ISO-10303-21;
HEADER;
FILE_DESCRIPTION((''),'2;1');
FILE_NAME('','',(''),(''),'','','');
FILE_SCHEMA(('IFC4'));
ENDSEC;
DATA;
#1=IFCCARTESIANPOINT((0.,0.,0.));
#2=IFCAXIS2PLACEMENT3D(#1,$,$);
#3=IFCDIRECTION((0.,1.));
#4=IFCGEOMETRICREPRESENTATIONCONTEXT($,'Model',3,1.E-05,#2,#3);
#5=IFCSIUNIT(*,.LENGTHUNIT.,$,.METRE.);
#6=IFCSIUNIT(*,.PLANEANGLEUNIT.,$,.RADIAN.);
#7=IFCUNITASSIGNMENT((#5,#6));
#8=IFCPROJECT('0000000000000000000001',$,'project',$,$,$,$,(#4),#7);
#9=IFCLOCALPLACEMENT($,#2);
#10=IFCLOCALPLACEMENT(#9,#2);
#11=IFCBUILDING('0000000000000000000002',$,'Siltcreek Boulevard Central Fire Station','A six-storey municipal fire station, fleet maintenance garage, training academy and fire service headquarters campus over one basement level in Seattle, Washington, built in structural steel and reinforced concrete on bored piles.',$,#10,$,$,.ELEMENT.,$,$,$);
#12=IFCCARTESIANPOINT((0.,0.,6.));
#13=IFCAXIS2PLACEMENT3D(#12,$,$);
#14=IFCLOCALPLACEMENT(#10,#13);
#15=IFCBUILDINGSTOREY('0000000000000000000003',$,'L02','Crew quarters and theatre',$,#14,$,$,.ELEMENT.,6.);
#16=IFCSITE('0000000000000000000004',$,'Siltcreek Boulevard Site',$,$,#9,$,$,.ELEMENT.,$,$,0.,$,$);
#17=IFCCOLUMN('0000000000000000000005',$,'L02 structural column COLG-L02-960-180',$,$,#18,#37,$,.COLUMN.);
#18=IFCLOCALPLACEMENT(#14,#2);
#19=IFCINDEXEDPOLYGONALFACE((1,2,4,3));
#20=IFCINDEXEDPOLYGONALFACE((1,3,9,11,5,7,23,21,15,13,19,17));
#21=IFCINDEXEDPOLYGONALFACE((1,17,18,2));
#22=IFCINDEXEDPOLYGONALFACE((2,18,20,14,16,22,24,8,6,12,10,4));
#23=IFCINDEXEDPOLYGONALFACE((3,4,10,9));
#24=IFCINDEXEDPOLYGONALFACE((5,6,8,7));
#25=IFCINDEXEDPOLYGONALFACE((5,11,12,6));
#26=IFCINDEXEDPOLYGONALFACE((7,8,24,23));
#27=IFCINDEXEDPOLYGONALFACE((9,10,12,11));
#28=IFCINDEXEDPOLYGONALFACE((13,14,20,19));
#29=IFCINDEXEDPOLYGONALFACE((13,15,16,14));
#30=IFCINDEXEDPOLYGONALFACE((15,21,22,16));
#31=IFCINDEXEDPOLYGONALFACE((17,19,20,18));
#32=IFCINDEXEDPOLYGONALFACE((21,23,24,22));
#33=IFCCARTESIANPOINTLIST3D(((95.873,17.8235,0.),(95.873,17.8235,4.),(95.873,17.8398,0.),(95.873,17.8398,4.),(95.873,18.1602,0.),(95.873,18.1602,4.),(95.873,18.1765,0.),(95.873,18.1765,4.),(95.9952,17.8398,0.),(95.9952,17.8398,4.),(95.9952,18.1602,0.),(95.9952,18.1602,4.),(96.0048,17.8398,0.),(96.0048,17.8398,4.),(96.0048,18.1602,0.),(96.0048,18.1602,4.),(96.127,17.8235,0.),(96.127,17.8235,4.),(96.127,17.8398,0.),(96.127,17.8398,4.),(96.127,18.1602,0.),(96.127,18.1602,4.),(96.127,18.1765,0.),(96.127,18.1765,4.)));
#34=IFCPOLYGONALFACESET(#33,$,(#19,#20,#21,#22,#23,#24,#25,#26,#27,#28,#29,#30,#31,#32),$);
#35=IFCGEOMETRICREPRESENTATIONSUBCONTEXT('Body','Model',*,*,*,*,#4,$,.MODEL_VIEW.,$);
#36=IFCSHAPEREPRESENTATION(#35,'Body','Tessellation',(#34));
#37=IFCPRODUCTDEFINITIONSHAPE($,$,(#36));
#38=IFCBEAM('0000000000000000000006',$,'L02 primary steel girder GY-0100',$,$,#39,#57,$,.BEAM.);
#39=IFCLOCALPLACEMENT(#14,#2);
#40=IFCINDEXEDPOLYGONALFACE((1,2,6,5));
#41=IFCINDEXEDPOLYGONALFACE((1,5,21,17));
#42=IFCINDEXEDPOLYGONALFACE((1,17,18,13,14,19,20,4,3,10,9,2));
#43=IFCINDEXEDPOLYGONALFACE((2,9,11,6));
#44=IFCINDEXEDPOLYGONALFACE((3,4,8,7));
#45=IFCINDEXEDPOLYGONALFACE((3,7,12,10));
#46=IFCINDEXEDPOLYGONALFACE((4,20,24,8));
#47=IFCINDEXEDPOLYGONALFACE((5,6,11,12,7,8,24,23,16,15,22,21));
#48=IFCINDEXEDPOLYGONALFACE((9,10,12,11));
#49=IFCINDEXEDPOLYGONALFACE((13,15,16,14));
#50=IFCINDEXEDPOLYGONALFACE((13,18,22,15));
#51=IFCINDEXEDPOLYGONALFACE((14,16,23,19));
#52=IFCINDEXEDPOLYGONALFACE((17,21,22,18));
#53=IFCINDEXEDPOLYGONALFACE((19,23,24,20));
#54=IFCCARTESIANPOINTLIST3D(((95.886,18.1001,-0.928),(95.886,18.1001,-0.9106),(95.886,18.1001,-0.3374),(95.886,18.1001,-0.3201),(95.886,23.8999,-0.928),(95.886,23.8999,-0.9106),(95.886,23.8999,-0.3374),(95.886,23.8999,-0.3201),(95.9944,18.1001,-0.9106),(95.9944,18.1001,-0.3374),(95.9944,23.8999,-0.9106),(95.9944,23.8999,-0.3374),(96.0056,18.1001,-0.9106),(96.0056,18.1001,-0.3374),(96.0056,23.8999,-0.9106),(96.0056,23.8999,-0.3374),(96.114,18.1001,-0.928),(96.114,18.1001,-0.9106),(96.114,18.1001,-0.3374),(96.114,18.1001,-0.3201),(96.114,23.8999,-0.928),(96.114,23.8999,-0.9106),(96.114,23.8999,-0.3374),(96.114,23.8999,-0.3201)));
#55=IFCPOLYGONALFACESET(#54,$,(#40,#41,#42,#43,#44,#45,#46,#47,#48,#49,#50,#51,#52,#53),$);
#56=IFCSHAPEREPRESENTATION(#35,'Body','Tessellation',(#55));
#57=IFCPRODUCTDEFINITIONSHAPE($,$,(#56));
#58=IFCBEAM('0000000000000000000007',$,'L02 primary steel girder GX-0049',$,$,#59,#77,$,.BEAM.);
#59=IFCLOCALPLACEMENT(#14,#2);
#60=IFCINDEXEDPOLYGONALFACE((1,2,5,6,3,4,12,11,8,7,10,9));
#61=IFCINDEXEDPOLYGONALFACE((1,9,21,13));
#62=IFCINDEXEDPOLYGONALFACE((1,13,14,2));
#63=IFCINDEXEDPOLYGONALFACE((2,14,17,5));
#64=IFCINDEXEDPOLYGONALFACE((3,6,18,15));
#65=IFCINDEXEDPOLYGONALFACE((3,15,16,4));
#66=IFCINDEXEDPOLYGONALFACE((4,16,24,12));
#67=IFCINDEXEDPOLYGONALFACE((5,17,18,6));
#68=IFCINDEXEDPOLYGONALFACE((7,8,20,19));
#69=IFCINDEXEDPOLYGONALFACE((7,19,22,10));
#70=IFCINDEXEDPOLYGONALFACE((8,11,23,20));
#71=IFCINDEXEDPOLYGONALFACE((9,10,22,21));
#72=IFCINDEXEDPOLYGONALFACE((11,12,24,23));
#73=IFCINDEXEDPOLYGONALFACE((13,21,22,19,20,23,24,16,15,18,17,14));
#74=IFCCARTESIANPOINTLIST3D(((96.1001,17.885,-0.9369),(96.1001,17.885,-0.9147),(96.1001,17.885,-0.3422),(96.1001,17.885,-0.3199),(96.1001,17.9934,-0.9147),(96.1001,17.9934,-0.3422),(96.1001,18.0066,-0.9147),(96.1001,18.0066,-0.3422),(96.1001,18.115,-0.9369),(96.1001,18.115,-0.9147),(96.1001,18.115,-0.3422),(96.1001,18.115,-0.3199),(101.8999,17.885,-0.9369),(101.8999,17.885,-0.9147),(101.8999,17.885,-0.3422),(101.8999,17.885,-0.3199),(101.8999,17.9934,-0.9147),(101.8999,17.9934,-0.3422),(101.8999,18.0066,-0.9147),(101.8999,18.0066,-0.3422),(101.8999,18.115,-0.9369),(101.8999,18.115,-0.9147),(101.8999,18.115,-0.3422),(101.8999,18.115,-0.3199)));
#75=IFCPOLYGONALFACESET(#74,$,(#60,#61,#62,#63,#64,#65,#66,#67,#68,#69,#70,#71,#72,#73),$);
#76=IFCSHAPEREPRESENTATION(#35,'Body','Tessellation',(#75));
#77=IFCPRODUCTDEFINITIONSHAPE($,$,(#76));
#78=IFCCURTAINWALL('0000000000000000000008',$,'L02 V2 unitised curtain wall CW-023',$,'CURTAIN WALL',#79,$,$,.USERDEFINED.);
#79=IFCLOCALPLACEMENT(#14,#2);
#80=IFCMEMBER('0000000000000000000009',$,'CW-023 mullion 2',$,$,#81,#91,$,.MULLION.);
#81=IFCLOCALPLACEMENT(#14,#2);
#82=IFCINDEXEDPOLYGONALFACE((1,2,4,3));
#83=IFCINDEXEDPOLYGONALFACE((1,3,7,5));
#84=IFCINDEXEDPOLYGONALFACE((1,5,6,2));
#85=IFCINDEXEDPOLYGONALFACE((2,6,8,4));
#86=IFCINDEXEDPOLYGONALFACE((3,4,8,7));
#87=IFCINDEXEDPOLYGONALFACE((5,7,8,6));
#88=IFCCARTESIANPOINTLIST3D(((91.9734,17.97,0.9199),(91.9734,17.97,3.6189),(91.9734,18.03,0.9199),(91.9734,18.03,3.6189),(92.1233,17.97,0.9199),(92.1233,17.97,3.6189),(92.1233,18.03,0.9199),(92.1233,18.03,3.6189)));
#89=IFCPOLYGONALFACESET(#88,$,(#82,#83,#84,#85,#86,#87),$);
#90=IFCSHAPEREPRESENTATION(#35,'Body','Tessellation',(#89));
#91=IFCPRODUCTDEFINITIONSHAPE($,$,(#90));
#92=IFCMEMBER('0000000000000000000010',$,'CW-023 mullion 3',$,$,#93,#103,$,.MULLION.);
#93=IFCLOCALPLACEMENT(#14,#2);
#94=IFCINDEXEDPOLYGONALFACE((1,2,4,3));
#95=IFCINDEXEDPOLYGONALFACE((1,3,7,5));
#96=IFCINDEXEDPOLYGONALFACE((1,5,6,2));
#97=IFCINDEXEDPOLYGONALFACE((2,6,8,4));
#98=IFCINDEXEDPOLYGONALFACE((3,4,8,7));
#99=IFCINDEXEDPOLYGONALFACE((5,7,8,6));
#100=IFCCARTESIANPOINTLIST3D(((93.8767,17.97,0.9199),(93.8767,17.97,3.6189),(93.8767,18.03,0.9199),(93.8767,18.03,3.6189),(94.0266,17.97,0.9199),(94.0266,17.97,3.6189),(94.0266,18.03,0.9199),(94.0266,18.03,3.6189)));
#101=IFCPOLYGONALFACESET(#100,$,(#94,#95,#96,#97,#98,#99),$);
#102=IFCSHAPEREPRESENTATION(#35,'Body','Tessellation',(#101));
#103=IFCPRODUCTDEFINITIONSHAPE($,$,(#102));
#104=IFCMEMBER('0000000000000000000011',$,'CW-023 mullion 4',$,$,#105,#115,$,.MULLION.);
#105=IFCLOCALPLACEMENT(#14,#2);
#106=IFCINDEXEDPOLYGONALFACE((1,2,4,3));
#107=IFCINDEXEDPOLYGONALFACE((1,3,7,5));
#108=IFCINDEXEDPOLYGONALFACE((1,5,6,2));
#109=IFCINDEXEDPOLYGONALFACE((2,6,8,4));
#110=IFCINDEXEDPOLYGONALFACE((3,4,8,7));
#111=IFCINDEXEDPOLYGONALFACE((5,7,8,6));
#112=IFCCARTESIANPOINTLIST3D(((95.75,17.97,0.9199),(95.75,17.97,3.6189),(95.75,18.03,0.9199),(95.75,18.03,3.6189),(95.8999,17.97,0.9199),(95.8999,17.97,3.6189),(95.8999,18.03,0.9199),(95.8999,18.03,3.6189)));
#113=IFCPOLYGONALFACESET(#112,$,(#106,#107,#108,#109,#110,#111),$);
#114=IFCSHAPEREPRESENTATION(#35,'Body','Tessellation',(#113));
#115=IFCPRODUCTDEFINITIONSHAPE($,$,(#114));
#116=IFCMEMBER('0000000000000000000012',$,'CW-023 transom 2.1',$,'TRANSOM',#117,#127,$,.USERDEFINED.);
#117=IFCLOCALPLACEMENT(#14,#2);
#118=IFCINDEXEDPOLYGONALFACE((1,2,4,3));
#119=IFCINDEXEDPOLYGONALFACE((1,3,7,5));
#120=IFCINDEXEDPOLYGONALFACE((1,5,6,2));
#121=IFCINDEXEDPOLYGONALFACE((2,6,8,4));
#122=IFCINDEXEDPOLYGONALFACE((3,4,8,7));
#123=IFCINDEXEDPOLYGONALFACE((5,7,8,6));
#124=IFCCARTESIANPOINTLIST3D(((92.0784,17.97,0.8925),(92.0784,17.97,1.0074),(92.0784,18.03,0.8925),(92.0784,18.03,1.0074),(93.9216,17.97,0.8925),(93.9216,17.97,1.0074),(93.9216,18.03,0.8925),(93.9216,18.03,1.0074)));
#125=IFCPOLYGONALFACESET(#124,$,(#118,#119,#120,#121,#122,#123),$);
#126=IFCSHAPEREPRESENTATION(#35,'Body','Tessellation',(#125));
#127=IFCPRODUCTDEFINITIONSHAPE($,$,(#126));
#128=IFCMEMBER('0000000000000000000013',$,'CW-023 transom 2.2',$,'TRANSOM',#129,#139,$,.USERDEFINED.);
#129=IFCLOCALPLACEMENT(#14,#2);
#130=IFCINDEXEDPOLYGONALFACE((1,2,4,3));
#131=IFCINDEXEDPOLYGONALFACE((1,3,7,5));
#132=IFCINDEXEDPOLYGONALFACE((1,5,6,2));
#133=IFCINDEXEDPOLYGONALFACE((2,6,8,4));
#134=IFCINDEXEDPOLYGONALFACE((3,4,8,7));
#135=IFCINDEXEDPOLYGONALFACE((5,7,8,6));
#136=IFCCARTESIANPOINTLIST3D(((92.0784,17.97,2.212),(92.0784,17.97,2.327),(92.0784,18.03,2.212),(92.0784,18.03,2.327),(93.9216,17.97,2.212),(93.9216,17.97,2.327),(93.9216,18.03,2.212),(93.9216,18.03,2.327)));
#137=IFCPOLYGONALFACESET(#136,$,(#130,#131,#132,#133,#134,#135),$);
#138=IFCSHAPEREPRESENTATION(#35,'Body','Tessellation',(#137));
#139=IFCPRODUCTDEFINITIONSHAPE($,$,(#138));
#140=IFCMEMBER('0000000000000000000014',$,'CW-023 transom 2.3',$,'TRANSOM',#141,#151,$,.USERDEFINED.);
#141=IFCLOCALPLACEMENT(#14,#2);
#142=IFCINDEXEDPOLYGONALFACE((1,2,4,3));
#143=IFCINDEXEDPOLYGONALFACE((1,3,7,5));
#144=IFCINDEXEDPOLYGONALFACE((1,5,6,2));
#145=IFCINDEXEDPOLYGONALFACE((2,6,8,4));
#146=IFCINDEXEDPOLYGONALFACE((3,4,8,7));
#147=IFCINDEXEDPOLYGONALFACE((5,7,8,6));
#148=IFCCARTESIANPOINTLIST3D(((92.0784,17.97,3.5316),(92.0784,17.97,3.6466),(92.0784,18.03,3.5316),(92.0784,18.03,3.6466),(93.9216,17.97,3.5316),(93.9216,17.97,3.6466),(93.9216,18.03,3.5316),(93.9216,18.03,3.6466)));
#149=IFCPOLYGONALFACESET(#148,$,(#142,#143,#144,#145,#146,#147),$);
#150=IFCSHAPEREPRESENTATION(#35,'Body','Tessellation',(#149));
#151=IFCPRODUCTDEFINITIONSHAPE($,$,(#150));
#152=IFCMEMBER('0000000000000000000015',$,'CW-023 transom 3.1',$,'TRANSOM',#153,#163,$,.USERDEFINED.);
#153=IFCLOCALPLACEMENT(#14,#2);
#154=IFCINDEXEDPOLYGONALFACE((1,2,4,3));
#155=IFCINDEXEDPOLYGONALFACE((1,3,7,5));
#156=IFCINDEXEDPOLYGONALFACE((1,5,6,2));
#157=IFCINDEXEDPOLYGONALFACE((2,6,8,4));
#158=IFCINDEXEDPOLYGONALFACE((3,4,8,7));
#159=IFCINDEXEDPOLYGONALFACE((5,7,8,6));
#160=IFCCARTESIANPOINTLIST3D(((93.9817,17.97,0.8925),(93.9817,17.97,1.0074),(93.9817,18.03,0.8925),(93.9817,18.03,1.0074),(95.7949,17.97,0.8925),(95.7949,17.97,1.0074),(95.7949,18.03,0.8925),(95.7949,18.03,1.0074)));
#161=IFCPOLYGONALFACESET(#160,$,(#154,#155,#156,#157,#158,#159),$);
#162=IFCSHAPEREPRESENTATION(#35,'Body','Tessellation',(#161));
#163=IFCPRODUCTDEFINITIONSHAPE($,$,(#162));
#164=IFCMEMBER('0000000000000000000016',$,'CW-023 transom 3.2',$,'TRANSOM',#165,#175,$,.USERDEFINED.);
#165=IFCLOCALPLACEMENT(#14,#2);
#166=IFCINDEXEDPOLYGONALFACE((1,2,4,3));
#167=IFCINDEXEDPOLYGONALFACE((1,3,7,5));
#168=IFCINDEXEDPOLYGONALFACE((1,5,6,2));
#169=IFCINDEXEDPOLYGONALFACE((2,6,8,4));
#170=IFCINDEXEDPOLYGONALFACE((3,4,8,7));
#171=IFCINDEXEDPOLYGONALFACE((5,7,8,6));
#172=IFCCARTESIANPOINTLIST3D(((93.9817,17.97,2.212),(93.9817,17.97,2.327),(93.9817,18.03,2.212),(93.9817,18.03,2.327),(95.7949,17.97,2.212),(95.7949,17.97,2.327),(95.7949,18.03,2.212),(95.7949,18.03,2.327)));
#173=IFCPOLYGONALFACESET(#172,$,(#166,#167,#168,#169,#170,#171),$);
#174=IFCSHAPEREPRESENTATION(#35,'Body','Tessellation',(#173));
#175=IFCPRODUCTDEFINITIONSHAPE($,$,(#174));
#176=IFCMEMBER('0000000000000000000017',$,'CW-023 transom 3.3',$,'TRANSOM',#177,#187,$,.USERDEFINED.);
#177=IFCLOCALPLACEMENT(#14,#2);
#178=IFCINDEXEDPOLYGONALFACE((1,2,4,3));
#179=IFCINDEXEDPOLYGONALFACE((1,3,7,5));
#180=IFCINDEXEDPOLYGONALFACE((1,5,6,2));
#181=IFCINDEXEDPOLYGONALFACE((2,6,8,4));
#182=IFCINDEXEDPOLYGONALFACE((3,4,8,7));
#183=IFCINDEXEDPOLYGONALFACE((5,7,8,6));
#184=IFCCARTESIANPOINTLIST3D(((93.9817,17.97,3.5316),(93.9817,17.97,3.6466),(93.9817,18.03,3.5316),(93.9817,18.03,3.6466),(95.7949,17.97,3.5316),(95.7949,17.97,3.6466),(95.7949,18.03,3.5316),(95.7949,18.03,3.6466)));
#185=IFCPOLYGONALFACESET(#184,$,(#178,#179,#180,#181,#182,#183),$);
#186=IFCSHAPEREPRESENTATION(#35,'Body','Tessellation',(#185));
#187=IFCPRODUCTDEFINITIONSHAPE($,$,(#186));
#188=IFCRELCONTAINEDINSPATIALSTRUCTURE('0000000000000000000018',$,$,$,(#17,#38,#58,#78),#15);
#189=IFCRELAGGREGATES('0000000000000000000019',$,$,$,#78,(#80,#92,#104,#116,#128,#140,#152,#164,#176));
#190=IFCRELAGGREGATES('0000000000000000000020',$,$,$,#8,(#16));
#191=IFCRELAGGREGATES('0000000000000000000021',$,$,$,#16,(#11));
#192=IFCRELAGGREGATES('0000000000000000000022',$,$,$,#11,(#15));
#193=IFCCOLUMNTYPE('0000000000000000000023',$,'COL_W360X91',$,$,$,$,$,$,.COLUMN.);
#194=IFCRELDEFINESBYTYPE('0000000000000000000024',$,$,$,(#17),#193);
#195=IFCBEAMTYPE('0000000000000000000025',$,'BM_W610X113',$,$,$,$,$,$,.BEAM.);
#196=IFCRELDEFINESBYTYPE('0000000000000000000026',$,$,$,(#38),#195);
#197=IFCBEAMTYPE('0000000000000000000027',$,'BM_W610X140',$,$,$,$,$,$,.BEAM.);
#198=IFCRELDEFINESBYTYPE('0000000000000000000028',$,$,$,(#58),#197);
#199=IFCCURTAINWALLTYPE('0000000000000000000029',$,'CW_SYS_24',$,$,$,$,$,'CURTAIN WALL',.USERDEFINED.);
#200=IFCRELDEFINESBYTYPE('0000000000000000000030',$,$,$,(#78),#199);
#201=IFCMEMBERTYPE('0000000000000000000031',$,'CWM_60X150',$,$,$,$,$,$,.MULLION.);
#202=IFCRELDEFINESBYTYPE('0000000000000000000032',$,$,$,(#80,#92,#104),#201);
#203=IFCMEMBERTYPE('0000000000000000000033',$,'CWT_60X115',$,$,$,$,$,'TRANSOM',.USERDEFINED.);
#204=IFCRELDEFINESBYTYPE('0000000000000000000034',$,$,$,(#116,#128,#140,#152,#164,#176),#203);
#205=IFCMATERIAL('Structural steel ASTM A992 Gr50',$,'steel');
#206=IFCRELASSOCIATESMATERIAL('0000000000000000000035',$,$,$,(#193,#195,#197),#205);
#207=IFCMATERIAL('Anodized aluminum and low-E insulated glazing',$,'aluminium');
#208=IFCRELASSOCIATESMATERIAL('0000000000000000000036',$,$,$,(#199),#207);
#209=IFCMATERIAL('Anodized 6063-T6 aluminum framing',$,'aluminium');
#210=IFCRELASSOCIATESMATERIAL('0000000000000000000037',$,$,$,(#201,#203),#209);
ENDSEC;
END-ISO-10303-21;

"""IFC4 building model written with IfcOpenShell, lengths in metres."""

from ifc_helpers import new_model, si_unit, direction, frame, origin, origin_2d, place, context, subcontext, project, spatial, rectangle, i_section, extrude, material, material_profile, profile_set, type_object, element, aggregate, save


model = new_model("IFC4")

# Units and contexts
model_context = context("Model", 3, precision=1e-05, world=origin(), true_north=direction((0.0, 1.0)))
body_context = subcontext(model_context, "Body", "Model", "MODEL_VIEW")
ifc_project = project(units=[si_unit("LENGTHUNIT", "METRE"), si_unit("PLANEANGLEUNIT", "RADIAN")], contexts=[model_context])

# Site, building, storey
site_placement = place(None, origin())
site = spatial("IfcSite", under=ifc_project, at=site_placement, Name="Siltcreek Boulevard Site", CompositionType="ELEMENT", RefElevation=0.0)
building_placement = place(site_placement, origin())
building = spatial("IfcBuilding", under=site, at=building_placement, Name="Siltcreek Boulevard Central Fire Station", Description="A six-storey municipal fire station, fleet maintenance garage, training academy and fire service headquarters campus over one basement level in Seattle, Washington, built in structural steel and reinforced concrete on bored piles.", CompositionType="ELEMENT")
storey_placement = place(building_placement, frame((0.0, 0.0, 6.0)))
storey = spatial("IfcBuildingStorey", under=building, at=storey_placement, Name="L02", Description="Crew quarters and theatre", CompositionType="ELEMENT", Elevation=6.0)

# Column
ifc_material_1 = material(Name="Structural steel ASTM A992 Gr50", Category="steel")
ifc_material_profile_1 = material_profile(ifc_material_1, i_section(OverallWidth=0.2539, OverallDepth=0.353, WebThickness=0.0095, FlangeThickness=0.0164, at=origin_2d()), Name="W360X91")
ifc_profile_set_1 = profile_set([ifc_material_profile_1], Name="Structural steel ASTM A992 Gr50")
column_type = type_object("IfcColumnType", Name="COL_W360X91", PredefinedType="COLUMN", material=ifc_profile_set_1)
column_placement = place(storey_placement, frame((96.0, 18.0, 0.0), z_axis=(0.0, 0.0, 1.0), x_axis=(1.0, 0.0, 0.0)))
element("IfcColumn", 1, at=column_placement, inside=storey, type_object=column_type, Name="L02 structural column COLG-L02-960-180", PredefinedType="COLUMN", context=body_context, shape_type="SweptSolid", body=[
    extrude(i_section(OverallWidth=0.2539, OverallDepth=0.353, WebThickness=0.0095, FlangeThickness=0.0164, at=origin_2d()), origin(), (0.0, 0.0, 1.0), 4.0),
])

# Beams
ifc_material_profile_2 = material_profile(ifc_material_1, i_section(OverallWidth=0.228, OverallDepth=0.6079, WebThickness=0.0112, FlangeThickness=0.0173, at=origin_2d()), Name="W610X113")
ifc_profile_set_2 = profile_set([ifc_material_profile_2], Name="Structural steel ASTM A992 Gr50")
beam_type_1 = type_object("IfcBeamType", Name="BM_W610X113", PredefinedType="BEAM", material=ifc_profile_set_2)
beam_1_placement = place(storey_placement, frame((96.0, 18.1001, -0.624), z_axis=(0.0, 1.0, 0.0), x_axis=(-1.0, 0.0, 0.0)))
element("IfcBeam", 2, at=beam_1_placement, inside=storey, type_object=beam_type_1, Name="L02 primary steel girder GY-0100", PredefinedType="BEAM", context=body_context, shape_type="SweptSolid", body=[
    extrude(i_section(OverallWidth=0.228, OverallDepth=0.6079, WebThickness=0.0112, FlangeThickness=0.0173, at=origin_2d()), origin(), (0.0, 0.0, 1.0), 5.7998),
])
ifc_material_profile_3 = material_profile(ifc_material_1, i_section(OverallWidth=0.23, OverallDepth=0.6169, WebThickness=0.0132, FlangeThickness=0.0222, at=origin_2d()), Name="W610X140")
ifc_profile_set_3 = profile_set([ifc_material_profile_3], Name="Structural steel ASTM A992 Gr50")
beam_type_2 = type_object("IfcBeamType", Name="BM_W610X140", PredefinedType="BEAM", material=ifc_profile_set_3)
beam_2_placement = place(storey_placement, frame((96.1001, 18.0, -0.6284), z_axis=(1.0, 0.0, 0.0), x_axis=(0.0, 1.0, 0.0)))
element("IfcBeam", 3, at=beam_2_placement, inside=storey, type_object=beam_type_2, Name="L02 primary steel girder GX-0049", PredefinedType="BEAM", context=body_context, shape_type="SweptSolid", body=[
    extrude(i_section(OverallWidth=0.23, OverallDepth=0.6169, WebThickness=0.0132, FlangeThickness=0.0222, at=origin_2d()), origin(), (0.0, 0.0, 1.0), 5.7998),
])

# Curtain wall, members
ifc_material_2 = material(Name="Anodized aluminum and low-E insulated glazing", Category="aluminium")
curtain_wall_type = type_object("IfcCurtainWallType", Name="CW_SYS_24", ElementType="CURTAIN WALL", PredefinedType="USERDEFINED", material=ifc_material_2)
curtain_wall_placement = place(storey_placement, origin())
curtain_wall = element("IfcCurtainWall", 4, at=curtain_wall_placement, inside=storey, type_object=curtain_wall_type, Name="L02 V2 unitised curtain wall CW-023", ObjectType="CURTAIN WALL", PredefinedType="USERDEFINED")
ifc_material_3 = material(Name="Anodized 6063-T6 aluminum framing", Category="aluminium")
ifc_material_profile_4 = material_profile(ifc_material_3, rectangle(XDim=0.0601, YDim=0.1499, at=origin_2d()), Name="MULL60X150")
ifc_profile_set_4 = profile_set([ifc_material_profile_4], Name="Anodized 6063-T6 aluminum framing")
member_type_1 = type_object("IfcMemberType", Name="CWM_60X150", PredefinedType="MULLION", material=ifc_profile_set_4)
member_1_placement = place(storey_placement, frame((92.0483, 18.0, 0.9199), z_axis=(0.0, 0.0, 1.0), x_axis=(0.0, 1.0, 0.0)))
member_1 = element("IfcMember", 5, at=member_1_placement, type_object=member_type_1, Name="CW-023 mullion 2", PredefinedType="MULLION", context=body_context, shape_type="SweptSolid", body=[
    extrude(rectangle(XDim=0.0601, YDim=0.1499, at=origin_2d()), origin(), (0.0, 0.0, 1.0), 2.699),
])
member_2_placement = place(storey_placement, frame((93.9517, 18.0, 0.9199), z_axis=(0.0, 0.0, 1.0), x_axis=(0.0, 1.0, 0.0)))
member_2 = element("IfcMember", 6, at=member_2_placement, type_object=member_type_1, Name="CW-023 mullion 3", PredefinedType="MULLION", context=body_context, shape_type="SweptSolid", body=[
    extrude(rectangle(XDim=0.0601, YDim=0.1499, at=origin_2d()), origin(), (0.0, 0.0, 1.0), 2.699),
])
member_3_placement = place(storey_placement, frame((95.825, 18.0, 0.9199), z_axis=(0.0, 0.0, 1.0), x_axis=(0.0, 1.0, 0.0)))
member_3 = element("IfcMember", 7, at=member_3_placement, type_object=member_type_1, Name="CW-023 mullion 4", PredefinedType="MULLION", context=body_context, shape_type="SweptSolid", body=[
    extrude(rectangle(XDim=0.0601, YDim=0.1499, at=origin_2d()), origin(), (0.0, 0.0, 1.0), 2.699),
])
ifc_material_profile_5 = material_profile(ifc_material_3, rectangle(XDim=0.0601, YDim=0.115, at=origin_2d()), Name="TRAN60X115")
ifc_profile_set_5 = profile_set([ifc_material_profile_5], Name="Anodized 6063-T6 aluminum framing")
member_type_2 = type_object("IfcMemberType", Name="CWT_60X115", ElementType="TRANSOM", PredefinedType="USERDEFINED", material=ifc_profile_set_5)
member_4_placement = place(storey_placement, frame((92.0784, 18.0, 0.95), z_axis=(1.0, 0.0, 0.0), x_axis=(0.0, 1.0, 0.0)))
member_4 = element("IfcMember", 8, at=member_4_placement, type_object=member_type_2, Name="CW-023 transom 2.1", ObjectType="TRANSOM", PredefinedType="USERDEFINED", context=body_context, shape_type="SweptSolid", body=[
    extrude(rectangle(XDim=0.0601, YDim=0.115, at=origin_2d()), origin(), (0.0, 0.0, 1.0), 1.8433),
])
member_5_placement = place(storey_placement, frame((92.0784, 18.0, 2.2695), z_axis=(1.0, 0.0, 0.0), x_axis=(0.0, 1.0, 0.0)))
member_5 = element("IfcMember", 9, at=member_5_placement, type_object=member_type_2, Name="CW-023 transom 2.2", ObjectType="TRANSOM", PredefinedType="USERDEFINED", context=body_context, shape_type="SweptSolid", body=[
    extrude(rectangle(XDim=0.0601, YDim=0.115, at=origin_2d()), origin(), (0.0, 0.0, 1.0), 1.8433),
])
member_6_placement = place(storey_placement, frame((92.0784, 18.0, 3.5891), z_axis=(1.0, 0.0, 0.0), x_axis=(0.0, 1.0, 0.0)))
member_6 = element("IfcMember", 10, at=member_6_placement, type_object=member_type_2, Name="CW-023 transom 2.3", ObjectType="TRANSOM", PredefinedType="USERDEFINED", context=body_context, shape_type="SweptSolid", body=[
    extrude(rectangle(XDim=0.0601, YDim=0.115, at=origin_2d()), origin(), (0.0, 0.0, 1.0), 1.8433),
])
member_7_placement = place(storey_placement, frame((93.9817, 18.0, 0.95), z_axis=(1.0, 0.0, 0.0), x_axis=(0.0, 1.0, 0.0)))
member_7 = element("IfcMember", 11, at=member_7_placement, type_object=member_type_2, Name="CW-023 transom 3.1", ObjectType="TRANSOM", PredefinedType="USERDEFINED", context=body_context, shape_type="SweptSolid", body=[
    extrude(rectangle(XDim=0.0601, YDim=0.115, at=origin_2d()), origin(), (0.0, 0.0, 1.0), 1.8132),
])
member_8_placement = place(storey_placement, frame((93.9817, 18.0, 2.2695), z_axis=(1.0, 0.0, 0.0), x_axis=(0.0, 1.0, 0.0)))
member_8 = element("IfcMember", 12, at=member_8_placement, type_object=member_type_2, Name="CW-023 transom 3.2", ObjectType="TRANSOM", PredefinedType="USERDEFINED", context=body_context, shape_type="SweptSolid", body=[
    extrude(rectangle(XDim=0.0601, YDim=0.115, at=origin_2d()), origin(), (0.0, 0.0, 1.0), 1.8132),
])
member_9_placement = place(storey_placement, frame((93.9817, 18.0, 3.5891), z_axis=(1.0, 0.0, 0.0), x_axis=(0.0, 1.0, 0.0)))
member_9 = element("IfcMember", 13, at=member_9_placement, type_object=member_type_2, Name="CW-023 transom 3.3", ObjectType="TRANSOM", PredefinedType="USERDEFINED", context=body_context, shape_type="SweptSolid", body=[
    extrude(rectangle(XDim=0.0601, YDim=0.115, at=origin_2d()), origin(), (0.0, 0.0, 1.0), 1.8132),
])

aggregate(curtain_wall, [member_1, member_2, member_3, member_4, member_5, member_6, member_7, member_8, member_9])

save(model, "model.ifc")
